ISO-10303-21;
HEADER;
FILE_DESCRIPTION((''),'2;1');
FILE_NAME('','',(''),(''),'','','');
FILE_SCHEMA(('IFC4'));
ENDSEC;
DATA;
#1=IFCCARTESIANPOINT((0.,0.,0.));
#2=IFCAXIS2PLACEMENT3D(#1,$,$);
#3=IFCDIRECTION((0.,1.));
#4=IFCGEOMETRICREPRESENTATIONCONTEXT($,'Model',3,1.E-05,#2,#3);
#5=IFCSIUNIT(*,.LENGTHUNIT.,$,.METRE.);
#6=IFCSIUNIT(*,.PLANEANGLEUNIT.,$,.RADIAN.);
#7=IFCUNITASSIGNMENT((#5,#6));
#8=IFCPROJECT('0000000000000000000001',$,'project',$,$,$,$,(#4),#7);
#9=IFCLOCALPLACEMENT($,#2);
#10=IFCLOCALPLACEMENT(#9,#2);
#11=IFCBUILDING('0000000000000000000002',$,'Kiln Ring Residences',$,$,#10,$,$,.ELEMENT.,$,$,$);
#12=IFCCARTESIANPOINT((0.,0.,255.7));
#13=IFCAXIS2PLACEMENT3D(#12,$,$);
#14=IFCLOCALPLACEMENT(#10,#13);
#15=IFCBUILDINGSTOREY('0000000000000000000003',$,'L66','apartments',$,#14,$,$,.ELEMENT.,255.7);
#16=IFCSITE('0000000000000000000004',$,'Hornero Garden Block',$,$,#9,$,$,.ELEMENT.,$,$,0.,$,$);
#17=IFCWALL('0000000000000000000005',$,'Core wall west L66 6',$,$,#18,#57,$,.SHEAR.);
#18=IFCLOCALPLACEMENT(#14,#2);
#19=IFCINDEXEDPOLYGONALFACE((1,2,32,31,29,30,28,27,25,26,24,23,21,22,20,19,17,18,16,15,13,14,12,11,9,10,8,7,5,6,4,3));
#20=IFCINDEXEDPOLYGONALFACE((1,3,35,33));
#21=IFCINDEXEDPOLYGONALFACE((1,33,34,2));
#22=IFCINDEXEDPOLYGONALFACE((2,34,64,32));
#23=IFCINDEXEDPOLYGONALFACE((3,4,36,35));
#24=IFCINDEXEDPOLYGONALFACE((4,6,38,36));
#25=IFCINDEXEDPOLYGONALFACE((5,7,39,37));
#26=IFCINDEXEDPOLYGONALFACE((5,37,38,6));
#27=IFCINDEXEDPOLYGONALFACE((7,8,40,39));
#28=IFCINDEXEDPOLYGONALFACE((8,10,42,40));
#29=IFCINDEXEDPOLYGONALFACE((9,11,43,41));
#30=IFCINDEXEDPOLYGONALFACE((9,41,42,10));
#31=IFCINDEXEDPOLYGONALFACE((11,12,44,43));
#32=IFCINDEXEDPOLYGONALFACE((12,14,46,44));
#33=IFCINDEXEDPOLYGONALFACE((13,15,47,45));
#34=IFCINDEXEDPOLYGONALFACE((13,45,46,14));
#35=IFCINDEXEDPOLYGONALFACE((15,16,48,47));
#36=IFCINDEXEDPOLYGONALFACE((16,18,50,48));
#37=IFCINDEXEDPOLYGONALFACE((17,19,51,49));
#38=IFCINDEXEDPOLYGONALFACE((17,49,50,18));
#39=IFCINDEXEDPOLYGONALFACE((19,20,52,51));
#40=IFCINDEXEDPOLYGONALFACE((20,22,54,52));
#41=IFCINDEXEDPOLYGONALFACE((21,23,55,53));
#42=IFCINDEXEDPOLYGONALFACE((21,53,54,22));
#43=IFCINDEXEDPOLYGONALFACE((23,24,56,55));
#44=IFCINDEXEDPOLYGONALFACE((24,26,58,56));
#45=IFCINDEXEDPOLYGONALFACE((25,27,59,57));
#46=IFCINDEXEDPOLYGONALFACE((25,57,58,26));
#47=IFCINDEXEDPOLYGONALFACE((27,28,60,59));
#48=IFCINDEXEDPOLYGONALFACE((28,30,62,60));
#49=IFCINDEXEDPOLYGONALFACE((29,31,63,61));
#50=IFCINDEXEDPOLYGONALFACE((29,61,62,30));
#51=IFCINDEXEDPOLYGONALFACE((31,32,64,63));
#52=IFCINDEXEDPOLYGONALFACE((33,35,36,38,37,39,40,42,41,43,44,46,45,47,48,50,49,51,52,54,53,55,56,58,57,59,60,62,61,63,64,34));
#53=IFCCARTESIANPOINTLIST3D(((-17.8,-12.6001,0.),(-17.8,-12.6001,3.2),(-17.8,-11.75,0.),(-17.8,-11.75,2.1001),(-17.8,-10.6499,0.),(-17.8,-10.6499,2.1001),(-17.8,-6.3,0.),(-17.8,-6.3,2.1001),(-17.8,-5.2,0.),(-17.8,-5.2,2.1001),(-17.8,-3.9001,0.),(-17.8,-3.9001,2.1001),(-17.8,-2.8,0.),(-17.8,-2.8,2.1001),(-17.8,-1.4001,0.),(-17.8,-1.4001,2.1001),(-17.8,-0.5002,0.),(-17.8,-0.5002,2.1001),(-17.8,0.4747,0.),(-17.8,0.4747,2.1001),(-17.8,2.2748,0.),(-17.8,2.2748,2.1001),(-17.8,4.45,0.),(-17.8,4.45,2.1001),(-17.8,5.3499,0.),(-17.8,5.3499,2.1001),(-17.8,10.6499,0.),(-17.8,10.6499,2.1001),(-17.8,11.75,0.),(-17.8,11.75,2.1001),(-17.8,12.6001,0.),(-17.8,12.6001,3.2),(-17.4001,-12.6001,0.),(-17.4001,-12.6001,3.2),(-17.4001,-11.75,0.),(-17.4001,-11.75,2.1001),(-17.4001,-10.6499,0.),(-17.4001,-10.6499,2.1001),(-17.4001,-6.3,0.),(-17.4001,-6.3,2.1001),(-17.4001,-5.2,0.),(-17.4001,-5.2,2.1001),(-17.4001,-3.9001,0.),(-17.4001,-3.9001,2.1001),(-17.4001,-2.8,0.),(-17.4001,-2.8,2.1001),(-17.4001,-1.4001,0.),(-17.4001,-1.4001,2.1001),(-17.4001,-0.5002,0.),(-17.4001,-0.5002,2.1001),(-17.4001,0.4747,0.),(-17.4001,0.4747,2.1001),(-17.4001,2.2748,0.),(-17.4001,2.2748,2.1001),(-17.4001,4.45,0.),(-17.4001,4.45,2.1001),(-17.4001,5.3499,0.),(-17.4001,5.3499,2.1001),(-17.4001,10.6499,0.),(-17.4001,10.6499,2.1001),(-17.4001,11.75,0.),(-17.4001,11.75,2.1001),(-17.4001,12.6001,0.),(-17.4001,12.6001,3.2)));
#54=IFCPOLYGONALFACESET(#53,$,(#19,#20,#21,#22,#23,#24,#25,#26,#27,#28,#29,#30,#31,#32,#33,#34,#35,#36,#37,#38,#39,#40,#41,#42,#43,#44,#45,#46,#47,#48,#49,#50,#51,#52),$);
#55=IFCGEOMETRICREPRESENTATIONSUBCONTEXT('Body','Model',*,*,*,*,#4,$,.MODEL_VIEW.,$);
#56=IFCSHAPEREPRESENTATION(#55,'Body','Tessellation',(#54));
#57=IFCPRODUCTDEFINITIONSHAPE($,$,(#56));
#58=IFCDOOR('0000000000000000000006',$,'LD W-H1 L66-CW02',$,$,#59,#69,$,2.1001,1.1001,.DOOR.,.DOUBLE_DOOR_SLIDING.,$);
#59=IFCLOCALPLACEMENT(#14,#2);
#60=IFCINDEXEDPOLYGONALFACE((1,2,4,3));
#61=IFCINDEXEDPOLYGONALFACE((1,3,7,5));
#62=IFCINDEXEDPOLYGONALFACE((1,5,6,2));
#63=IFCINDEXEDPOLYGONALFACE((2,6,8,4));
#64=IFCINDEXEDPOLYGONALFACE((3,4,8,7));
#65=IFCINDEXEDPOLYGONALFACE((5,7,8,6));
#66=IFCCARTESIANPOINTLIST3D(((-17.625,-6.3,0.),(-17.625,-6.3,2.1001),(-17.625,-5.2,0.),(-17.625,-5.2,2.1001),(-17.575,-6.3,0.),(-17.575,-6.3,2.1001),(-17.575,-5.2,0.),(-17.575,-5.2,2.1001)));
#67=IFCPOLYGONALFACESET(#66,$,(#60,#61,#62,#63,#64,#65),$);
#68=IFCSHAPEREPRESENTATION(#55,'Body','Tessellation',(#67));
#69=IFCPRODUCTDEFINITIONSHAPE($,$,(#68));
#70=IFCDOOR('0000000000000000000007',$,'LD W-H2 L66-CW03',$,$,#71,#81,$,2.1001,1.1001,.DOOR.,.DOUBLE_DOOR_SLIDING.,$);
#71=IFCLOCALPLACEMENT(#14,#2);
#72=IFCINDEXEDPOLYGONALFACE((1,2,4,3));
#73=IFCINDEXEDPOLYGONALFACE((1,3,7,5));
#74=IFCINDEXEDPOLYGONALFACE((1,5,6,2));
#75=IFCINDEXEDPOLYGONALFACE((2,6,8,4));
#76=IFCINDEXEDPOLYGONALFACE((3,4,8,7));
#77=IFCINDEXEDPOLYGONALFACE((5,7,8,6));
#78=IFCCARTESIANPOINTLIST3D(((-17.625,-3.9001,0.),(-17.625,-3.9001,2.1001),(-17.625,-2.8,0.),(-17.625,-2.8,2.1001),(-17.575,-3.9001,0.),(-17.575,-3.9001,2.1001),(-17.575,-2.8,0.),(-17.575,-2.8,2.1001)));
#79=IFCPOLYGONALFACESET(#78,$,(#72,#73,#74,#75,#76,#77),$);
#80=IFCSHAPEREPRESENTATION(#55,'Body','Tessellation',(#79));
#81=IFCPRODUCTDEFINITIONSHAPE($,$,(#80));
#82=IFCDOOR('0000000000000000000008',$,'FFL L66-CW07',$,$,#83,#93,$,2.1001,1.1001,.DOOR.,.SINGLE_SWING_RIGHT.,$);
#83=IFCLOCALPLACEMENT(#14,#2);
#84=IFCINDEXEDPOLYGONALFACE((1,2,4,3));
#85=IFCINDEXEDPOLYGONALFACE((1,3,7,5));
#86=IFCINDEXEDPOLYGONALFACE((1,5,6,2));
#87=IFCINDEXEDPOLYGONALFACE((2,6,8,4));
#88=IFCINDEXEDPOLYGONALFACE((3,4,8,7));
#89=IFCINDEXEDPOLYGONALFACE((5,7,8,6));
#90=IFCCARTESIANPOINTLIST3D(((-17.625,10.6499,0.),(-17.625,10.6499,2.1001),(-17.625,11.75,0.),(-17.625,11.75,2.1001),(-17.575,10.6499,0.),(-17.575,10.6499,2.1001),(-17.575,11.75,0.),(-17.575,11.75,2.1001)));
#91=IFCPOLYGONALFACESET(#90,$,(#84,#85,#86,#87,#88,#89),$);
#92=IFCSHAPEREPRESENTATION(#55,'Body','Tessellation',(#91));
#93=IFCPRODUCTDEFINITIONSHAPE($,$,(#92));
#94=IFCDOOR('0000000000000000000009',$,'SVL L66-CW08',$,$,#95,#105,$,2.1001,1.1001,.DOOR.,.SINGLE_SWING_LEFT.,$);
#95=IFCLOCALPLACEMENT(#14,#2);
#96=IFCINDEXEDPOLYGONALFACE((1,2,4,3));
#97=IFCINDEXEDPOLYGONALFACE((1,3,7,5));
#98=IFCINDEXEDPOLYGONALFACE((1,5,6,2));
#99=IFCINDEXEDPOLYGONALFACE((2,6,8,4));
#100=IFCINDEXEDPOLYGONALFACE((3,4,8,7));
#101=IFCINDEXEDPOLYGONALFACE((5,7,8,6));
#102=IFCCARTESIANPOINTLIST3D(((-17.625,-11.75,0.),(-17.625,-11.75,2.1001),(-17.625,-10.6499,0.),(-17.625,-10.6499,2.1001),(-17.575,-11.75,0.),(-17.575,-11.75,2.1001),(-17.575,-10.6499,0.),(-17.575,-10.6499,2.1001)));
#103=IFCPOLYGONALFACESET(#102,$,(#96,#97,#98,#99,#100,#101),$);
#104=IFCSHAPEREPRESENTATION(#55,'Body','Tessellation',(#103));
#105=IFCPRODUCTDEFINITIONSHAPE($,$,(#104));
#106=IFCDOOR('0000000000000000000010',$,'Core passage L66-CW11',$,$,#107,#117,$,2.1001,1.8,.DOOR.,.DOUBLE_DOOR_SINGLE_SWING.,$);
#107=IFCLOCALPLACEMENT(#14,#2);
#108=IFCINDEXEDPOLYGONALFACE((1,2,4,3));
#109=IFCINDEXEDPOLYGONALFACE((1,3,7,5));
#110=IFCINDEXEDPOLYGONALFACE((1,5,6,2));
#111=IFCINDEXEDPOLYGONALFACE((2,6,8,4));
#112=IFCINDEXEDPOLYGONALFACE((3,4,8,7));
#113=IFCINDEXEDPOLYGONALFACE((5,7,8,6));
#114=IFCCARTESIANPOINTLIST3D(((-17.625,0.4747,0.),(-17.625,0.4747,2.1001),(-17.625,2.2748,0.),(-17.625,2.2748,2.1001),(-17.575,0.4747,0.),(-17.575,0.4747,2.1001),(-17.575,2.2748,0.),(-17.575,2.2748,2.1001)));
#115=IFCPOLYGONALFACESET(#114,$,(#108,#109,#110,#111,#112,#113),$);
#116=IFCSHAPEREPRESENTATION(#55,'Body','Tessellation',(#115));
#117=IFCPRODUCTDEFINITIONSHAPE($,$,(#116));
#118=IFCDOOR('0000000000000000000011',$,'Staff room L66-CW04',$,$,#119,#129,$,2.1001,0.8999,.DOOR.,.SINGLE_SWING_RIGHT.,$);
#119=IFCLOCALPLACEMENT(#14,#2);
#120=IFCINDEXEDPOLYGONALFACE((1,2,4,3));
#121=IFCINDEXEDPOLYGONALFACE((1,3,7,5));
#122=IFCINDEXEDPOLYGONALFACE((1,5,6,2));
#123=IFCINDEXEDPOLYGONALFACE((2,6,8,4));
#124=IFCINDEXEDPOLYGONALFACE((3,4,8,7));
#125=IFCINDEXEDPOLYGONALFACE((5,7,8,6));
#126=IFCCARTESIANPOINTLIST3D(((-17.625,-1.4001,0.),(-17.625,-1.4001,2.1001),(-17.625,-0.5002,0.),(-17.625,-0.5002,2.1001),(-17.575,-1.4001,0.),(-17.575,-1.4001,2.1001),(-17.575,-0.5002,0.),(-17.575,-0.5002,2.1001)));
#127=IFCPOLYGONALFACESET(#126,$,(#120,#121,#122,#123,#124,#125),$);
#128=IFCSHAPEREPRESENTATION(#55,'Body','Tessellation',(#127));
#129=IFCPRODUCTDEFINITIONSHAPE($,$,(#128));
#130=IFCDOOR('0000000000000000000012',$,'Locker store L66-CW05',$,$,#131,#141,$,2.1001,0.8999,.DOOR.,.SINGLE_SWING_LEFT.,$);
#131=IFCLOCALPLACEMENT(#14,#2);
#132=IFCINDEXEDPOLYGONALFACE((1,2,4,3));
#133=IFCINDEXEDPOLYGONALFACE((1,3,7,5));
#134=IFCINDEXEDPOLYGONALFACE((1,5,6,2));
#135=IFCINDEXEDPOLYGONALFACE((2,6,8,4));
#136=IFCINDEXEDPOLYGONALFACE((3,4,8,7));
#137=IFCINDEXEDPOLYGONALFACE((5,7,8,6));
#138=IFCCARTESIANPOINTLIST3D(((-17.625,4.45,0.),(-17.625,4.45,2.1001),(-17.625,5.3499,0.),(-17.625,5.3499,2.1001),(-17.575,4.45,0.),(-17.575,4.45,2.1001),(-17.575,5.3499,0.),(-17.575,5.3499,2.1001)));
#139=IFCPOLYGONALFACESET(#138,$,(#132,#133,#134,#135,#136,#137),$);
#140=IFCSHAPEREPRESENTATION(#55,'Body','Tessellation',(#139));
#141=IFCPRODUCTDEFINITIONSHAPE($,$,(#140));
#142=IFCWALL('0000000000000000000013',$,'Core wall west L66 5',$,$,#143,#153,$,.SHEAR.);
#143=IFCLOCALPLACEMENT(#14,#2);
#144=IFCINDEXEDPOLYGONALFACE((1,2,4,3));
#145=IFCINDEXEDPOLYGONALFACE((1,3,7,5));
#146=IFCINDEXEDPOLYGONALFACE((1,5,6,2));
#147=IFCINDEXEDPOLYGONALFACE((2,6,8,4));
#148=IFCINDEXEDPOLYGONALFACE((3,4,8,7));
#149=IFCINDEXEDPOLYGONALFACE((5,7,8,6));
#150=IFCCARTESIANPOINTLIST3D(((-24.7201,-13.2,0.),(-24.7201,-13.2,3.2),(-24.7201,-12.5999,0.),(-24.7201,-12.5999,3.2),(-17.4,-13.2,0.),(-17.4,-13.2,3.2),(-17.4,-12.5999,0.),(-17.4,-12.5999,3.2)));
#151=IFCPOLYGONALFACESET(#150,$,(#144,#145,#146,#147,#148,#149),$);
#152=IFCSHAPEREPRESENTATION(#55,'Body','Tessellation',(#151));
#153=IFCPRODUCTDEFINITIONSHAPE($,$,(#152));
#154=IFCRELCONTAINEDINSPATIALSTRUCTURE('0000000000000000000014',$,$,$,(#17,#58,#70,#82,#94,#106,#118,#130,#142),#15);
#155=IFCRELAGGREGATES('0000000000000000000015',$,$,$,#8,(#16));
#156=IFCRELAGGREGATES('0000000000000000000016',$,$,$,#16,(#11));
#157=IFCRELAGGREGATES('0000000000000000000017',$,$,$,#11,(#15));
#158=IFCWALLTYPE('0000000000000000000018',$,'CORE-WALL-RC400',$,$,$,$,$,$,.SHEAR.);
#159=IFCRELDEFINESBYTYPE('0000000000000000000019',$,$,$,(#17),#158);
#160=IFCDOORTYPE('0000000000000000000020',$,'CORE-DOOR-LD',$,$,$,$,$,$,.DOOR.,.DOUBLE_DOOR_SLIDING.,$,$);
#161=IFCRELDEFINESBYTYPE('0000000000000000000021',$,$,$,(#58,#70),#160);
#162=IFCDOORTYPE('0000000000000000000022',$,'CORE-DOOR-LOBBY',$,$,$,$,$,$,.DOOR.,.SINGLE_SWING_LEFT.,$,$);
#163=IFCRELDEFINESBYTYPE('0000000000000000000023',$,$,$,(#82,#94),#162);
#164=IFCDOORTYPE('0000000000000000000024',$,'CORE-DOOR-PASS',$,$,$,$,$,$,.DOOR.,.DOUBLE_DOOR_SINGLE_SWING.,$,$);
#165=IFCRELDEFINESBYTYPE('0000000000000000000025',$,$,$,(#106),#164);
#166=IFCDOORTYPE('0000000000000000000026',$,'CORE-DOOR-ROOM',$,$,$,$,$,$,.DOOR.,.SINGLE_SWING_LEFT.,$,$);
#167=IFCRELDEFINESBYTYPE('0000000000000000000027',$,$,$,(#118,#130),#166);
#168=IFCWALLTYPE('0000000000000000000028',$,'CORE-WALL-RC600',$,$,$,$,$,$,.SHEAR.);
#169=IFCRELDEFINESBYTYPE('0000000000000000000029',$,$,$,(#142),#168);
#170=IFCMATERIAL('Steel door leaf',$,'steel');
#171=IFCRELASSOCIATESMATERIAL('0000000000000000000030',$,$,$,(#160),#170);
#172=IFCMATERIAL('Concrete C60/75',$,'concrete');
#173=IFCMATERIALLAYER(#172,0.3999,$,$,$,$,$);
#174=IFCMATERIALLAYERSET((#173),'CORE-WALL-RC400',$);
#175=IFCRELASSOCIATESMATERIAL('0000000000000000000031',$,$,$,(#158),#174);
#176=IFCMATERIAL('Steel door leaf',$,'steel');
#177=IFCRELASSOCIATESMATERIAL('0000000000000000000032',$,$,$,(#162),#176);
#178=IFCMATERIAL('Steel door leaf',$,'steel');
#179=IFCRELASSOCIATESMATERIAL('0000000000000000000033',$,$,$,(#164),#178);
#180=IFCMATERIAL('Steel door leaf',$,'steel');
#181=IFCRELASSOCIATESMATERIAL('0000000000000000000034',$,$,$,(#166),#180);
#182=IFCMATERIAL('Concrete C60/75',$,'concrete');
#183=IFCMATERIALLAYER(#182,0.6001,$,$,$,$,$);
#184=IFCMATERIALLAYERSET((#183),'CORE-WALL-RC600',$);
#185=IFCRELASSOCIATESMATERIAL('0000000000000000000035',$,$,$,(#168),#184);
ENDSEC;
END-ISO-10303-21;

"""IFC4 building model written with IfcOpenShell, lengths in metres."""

from ifc_helpers import new_model, si_unit, direction, frame, frame_2d, origin, place, context, subcontext, project, spatial, rectangle, extrude, material, layer, layer_set, type_object, element, fill, save


model = new_model("IFC4")

# Units and contexts
model_context = context("Model", 3, precision=1e-05, world=origin(), true_north=direction((0.0, 1.0)))
body_context = subcontext(model_context, "Body", "Model", "MODEL_VIEW")
ifc_project = project(units=[si_unit("LENGTHUNIT", "METRE"), si_unit("PLANEANGLEUNIT", "RADIAN")], contexts=[model_context])

# Site, building, storey
site_placement = place(None, origin())
site = spatial("IfcSite", under=ifc_project, at=site_placement, Name="Hornero Garden Block", CompositionType="ELEMENT", RefElevation=0.0)
building_placement = place(site_placement, origin())
building = spatial("IfcBuilding", under=site, at=building_placement, Name="Kiln Ring Residences", CompositionType="ELEMENT")
storey_placement = place(building_placement, frame((0.0, 0.0, 255.7)))
storey = spatial("IfcBuildingStorey", under=building, at=storey_placement, Name="L66", Description="apartments", CompositionType="ELEMENT", Elevation=255.7)

# Shared definitions
ifc_material_1 = material(Name="Steel door leaf", Category="steel")
door_type_1 = type_object("IfcDoorType", Name="CORE-DOOR-LD", OperationType="DOUBLE_DOOR_SLIDING", PredefinedType="DOOR", material=ifc_material_1)

# Wall, openings, doors
ifc_material_2 = material(Name="Concrete C60/75", Category="concrete")
ifc_layer_1 = layer(ifc_material_2, 0.3999)
ifc_layer_set_1 = layer_set([ifc_layer_1], Name="CORE-WALL-RC400")
wall_type_1 = type_object("IfcWallType", Name="CORE-WALL-RC400", PredefinedType="SHEAR", material=ifc_layer_set_1)
wall_1_placement = place(storey_placement, frame((-17.6001, -12.6001, 0.0), z_axis=(0.0, 0.0, 1.0), x_axis=(0.0, 1.0, 0.0)))
wall_1 = element("IfcWall", 1, at=wall_1_placement, inside=storey, type_object=wall_type_1, Name="Core wall west L66 6", PredefinedType="SHEAR", context=body_context, shape_type="SweptSolid", body=[
    extrude(rectangle(XDim=25.2002, YDim=0.3999, at=frame_2d((12.6001, 0.0))), origin(), (0.0, 0.0, 1.0), 3.2),
])
opening_1_placement = place(wall_1_placement, frame((6.3, 0.0, 0.0)))
opening_1 = element("IfcOpeningElement", 2, at=opening_1_placement, cuts=wall_1, PredefinedType="OPENING", context=body_context, shape_type="SweptSolid", body=[
    extrude(rectangle(XDim=1.1001, YDim=2.1001, at=frame_2d((0.55, 1.05))), frame((0.0, 0.21, 0.0), z_axis=(0.0, -1.0, 0.0), x_axis=(1.0, 0.0, 0.0)), (0.0, 0.0, 1.0), 0.4199),
])
opening_2_placement = place(wall_1_placement, frame((8.7, 0.0, 0.0)))
opening_2 = element("IfcOpeningElement", 3, at=opening_2_placement, cuts=wall_1, PredefinedType="OPENING", context=body_context, shape_type="SweptSolid", body=[
    extrude(rectangle(XDim=1.1001, YDim=2.1001, at=frame_2d((0.55, 1.05))), frame((0.0, 0.21, 0.0), z_axis=(0.0, -1.0, 0.0), x_axis=(1.0, 0.0, 0.0)), (0.0, 0.0, 1.0), 0.4199),
])
opening_3_placement = place(wall_1_placement, frame((11.2, 0.0, 0.0)))
opening_3 = element("IfcOpeningElement", 4, at=opening_3_placement, cuts=wall_1, PredefinedType="OPENING", context=body_context, shape_type="SweptSolid", body=[
    extrude(rectangle(XDim=0.8999, YDim=2.1001, at=frame_2d((0.45, 1.05))), frame((0.0, 0.21, 0.0), z_axis=(0.0, -1.0, 0.0), x_axis=(1.0, 0.0, 0.0)), (0.0, 0.0, 1.0), 0.4199),
])
opening_4_placement = place(wall_1_placement, frame((17.05, 0.0, 0.0)))
opening_4 = element("IfcOpeningElement", 5, at=opening_4_placement, cuts=wall_1, PredefinedType="OPENING", context=body_context, shape_type="SweptSolid", body=[
    extrude(rectangle(XDim=0.8999, YDim=2.1001, at=frame_2d((0.45, 1.05))), frame((0.0, 0.21, 0.0), z_axis=(0.0, -1.0, 0.0), x_axis=(1.0, 0.0, 0.0)), (0.0, 0.0, 1.0), 0.4199),
])
opening_5_placement = place(wall_1_placement, frame((23.25, 0.0, 0.0)))
opening_5 = element("IfcOpeningElement", 6, at=opening_5_placement, cuts=wall_1, PredefinedType="OPENING", context=body_context, shape_type="SweptSolid", body=[
    extrude(rectangle(XDim=1.1001, YDim=2.1001, at=frame_2d((0.55, 1.05))), frame((0.0, 0.21, 0.0), z_axis=(0.0, -1.0, 0.0), x_axis=(1.0, 0.0, 0.0)), (0.0, 0.0, 1.0), 0.4199),
])
opening_6_placement = place(wall_1_placement, frame((0.8501, 0.0, 0.0)))
opening_6 = element("IfcOpeningElement", 7, at=opening_6_placement, cuts=wall_1, PredefinedType="OPENING", context=body_context, shape_type="SweptSolid", body=[
    extrude(rectangle(XDim=1.1001, YDim=2.1001, at=frame_2d((0.55, 1.05))), frame((0.0, 0.21, 0.0), z_axis=(0.0, -1.0, 0.0), x_axis=(1.0, 0.0, 0.0)), (0.0, 0.0, 1.0), 0.4199),
])
opening_7_placement = place(wall_1_placement, frame((13.075, 0.0, 0.0)))
opening_7 = element("IfcOpeningElement", 8, at=opening_7_placement, cuts=wall_1, PredefinedType="OPENING", context=body_context, shape_type="SweptSolid", body=[
    extrude(rectangle(XDim=1.8, YDim=2.1001, at=frame_2d((0.8999, 1.05))), frame((0.0, 0.21, 0.0), z_axis=(0.0, -1.0, 0.0), x_axis=(1.0, 0.0, 0.0)), (0.0, 0.0, 1.0), 0.4199),
])
door_1_placement = place(opening_1_placement, origin())
door_1 = element("IfcDoor", 9, at=door_1_placement, inside=storey, type_object=door_type_1, Name="LD W-H1 L66-CW02", OperationType="DOUBLE_DOOR_SLIDING", OverallHeight=2.1001, OverallWidth=1.1001, PredefinedType="DOOR", context=body_context, shape_type="SweptSolid", body=[
    extrude(rectangle(XDim=1.1001, YDim=2.1001, at=frame_2d((0.55, 1.05))), frame((0.0, 0.0249, 0.0), z_axis=(0.0, -1.0, 0.0), x_axis=(1.0, 0.0, 0.0)), (0.0, 0.0, 1.0), 0.05),
])
fill(opening_1, door_1)
door_2_placement = place(opening_2_placement, origin())
door_2 = element("IfcDoor", 10, at=door_2_placement, inside=storey, type_object=door_type_1, Name="LD W-H2 L66-CW03", OperationType="DOUBLE_DOOR_SLIDING", OverallHeight=2.1001, OverallWidth=1.1001, PredefinedType="DOOR", context=body_context, shape_type="SweptSolid", body=[
    extrude(rectangle(XDim=1.1001, YDim=2.1001, at=frame_2d((0.55, 1.05))), frame((0.0, 0.0249, 0.0), z_axis=(0.0, -1.0, 0.0), x_axis=(1.0, 0.0, 0.0)), (0.0, 0.0, 1.0), 0.05),
])
fill(opening_2, door_2)
ifc_material_3 = material(Name="Steel door leaf", Category="steel")
door_type_2 = type_object("IfcDoorType", Name="CORE-DOOR-LOBBY", OperationType="SINGLE_SWING_LEFT", PredefinedType="DOOR", material=ifc_material_3)
door_3_placement = place(opening_5_placement, origin())
door_3 = element("IfcDoor", 11, at=door_3_placement, inside=storey, type_object=door_type_2, Name="FFL L66-CW07", OperationType="SINGLE_SWING_RIGHT", OverallHeight=2.1001, OverallWidth=1.1001, PredefinedType="DOOR", context=body_context, shape_type="SweptSolid", body=[
    extrude(rectangle(XDim=1.1001, YDim=2.1001, at=frame_2d((0.55, 1.05))), frame((0.0, 0.0249, 0.0), z_axis=(0.0, -1.0, 0.0), x_axis=(1.0, 0.0, 0.0)), (0.0, 0.0, 1.0), 0.05),
])
fill(opening_5, door_3)
door_4_placement = place(opening_6_placement, origin())
door_4 = element("IfcDoor", 12, at=door_4_placement, inside=storey, type_object=door_type_2, Name="SVL L66-CW08", OperationType="SINGLE_SWING_LEFT", OverallHeight=2.1001, OverallWidth=1.1001, PredefinedType="DOOR", context=body_context, shape_type="SweptSolid", body=[
    extrude(rectangle(XDim=1.1001, YDim=2.1001, at=frame_2d((0.55, 1.05))), frame((0.0, 0.0249, 0.0), z_axis=(0.0, -1.0, 0.0), x_axis=(1.0, 0.0, 0.0)), (0.0, 0.0, 1.0), 0.05),
])
fill(opening_6, door_4)
ifc_material_4 = material(Name="Steel door leaf", Category="steel")
door_type_3 = type_object("IfcDoorType", Name="CORE-DOOR-PASS", OperationType="DOUBLE_DOOR_SINGLE_SWING", PredefinedType="DOOR", material=ifc_material_4)
door_5_placement = place(opening_7_placement, origin())
door_5 = element("IfcDoor", 13, at=door_5_placement, inside=storey, type_object=door_type_3, Name="Core passage L66-CW11", OperationType="DOUBLE_DOOR_SINGLE_SWING", OverallHeight=2.1001, OverallWidth=1.8, PredefinedType="DOOR", context=body_context, shape_type="SweptSolid", body=[
    extrude(rectangle(XDim=1.8, YDim=2.1001, at=frame_2d((0.8999, 1.05))), frame((0.0, 0.0249, 0.0), z_axis=(0.0, -1.0, 0.0), x_axis=(1.0, 0.0, 0.0)), (0.0, 0.0, 1.0), 0.05),
])
fill(opening_7, door_5)
ifc_material_5 = material(Name="Steel door leaf", Category="steel")
door_type_4 = type_object("IfcDoorType", Name="CORE-DOOR-ROOM", OperationType="SINGLE_SWING_LEFT", PredefinedType="DOOR", material=ifc_material_5)
door_6_placement = place(opening_3_placement, origin())
door_6 = element("IfcDoor", 14, at=door_6_placement, inside=storey, type_object=door_type_4, Name="Staff room L66-CW04", OperationType="SINGLE_SWING_RIGHT", OverallHeight=2.1001, OverallWidth=0.8999, PredefinedType="DOOR", context=body_context, shape_type="SweptSolid", body=[
    extrude(rectangle(XDim=0.8999, YDim=2.1001, at=frame_2d((0.45, 1.05))), frame((0.0, 0.0249, 0.0), z_axis=(0.0, -1.0, 0.0), x_axis=(1.0, 0.0, 0.0)), (0.0, 0.0, 1.0), 0.05),
])
fill(opening_3, door_6)
door_7_placement = place(opening_4_placement, origin())
door_7 = element("IfcDoor", 15, at=door_7_placement, inside=storey, type_object=door_type_4, Name="Locker store L66-CW05", OperationType="SINGLE_SWING_LEFT", OverallHeight=2.1001, OverallWidth=0.8999, PredefinedType="DOOR", context=body_context, shape_type="SweptSolid", body=[
    extrude(rectangle(XDim=0.8999, YDim=2.1001, at=frame_2d((0.45, 1.05))), frame((0.0, 0.0249, 0.0), z_axis=(0.0, -1.0, 0.0), x_axis=(1.0, 0.0, 0.0)), (0.0, 0.0, 1.0), 0.05),
])
fill(opening_4, door_7)

# Wall
ifc_material_6 = material(Name="Concrete C60/75", Category="concrete")
ifc_layer_2 = layer(ifc_material_6, 0.6001)
ifc_layer_set_2 = layer_set([ifc_layer_2], Name="CORE-WALL-RC600")
wall_type_2 = type_object("IfcWallType", Name="CORE-WALL-RC600", PredefinedType="SHEAR", material=ifc_layer_set_2)
wall_2_placement = place(storey_placement, frame((-17.3999, -12.8999, 0.0), z_axis=(0.0, 0.0, 1.0), x_axis=(-1.0, 0.0, 0.0)))
element("IfcWall", 16, at=wall_2_placement, inside=storey, type_object=wall_type_2, Name="Core wall west L66 5", PredefinedType="SHEAR", context=body_context, shape_type="SweptSolid", body=[
    extrude(rectangle(XDim=7.3201, YDim=0.6001, at=frame_2d((3.6602, 0.0))), origin(), (0.0, 0.0, 1.0), 3.2),
])

save(model, "model.ifc")
